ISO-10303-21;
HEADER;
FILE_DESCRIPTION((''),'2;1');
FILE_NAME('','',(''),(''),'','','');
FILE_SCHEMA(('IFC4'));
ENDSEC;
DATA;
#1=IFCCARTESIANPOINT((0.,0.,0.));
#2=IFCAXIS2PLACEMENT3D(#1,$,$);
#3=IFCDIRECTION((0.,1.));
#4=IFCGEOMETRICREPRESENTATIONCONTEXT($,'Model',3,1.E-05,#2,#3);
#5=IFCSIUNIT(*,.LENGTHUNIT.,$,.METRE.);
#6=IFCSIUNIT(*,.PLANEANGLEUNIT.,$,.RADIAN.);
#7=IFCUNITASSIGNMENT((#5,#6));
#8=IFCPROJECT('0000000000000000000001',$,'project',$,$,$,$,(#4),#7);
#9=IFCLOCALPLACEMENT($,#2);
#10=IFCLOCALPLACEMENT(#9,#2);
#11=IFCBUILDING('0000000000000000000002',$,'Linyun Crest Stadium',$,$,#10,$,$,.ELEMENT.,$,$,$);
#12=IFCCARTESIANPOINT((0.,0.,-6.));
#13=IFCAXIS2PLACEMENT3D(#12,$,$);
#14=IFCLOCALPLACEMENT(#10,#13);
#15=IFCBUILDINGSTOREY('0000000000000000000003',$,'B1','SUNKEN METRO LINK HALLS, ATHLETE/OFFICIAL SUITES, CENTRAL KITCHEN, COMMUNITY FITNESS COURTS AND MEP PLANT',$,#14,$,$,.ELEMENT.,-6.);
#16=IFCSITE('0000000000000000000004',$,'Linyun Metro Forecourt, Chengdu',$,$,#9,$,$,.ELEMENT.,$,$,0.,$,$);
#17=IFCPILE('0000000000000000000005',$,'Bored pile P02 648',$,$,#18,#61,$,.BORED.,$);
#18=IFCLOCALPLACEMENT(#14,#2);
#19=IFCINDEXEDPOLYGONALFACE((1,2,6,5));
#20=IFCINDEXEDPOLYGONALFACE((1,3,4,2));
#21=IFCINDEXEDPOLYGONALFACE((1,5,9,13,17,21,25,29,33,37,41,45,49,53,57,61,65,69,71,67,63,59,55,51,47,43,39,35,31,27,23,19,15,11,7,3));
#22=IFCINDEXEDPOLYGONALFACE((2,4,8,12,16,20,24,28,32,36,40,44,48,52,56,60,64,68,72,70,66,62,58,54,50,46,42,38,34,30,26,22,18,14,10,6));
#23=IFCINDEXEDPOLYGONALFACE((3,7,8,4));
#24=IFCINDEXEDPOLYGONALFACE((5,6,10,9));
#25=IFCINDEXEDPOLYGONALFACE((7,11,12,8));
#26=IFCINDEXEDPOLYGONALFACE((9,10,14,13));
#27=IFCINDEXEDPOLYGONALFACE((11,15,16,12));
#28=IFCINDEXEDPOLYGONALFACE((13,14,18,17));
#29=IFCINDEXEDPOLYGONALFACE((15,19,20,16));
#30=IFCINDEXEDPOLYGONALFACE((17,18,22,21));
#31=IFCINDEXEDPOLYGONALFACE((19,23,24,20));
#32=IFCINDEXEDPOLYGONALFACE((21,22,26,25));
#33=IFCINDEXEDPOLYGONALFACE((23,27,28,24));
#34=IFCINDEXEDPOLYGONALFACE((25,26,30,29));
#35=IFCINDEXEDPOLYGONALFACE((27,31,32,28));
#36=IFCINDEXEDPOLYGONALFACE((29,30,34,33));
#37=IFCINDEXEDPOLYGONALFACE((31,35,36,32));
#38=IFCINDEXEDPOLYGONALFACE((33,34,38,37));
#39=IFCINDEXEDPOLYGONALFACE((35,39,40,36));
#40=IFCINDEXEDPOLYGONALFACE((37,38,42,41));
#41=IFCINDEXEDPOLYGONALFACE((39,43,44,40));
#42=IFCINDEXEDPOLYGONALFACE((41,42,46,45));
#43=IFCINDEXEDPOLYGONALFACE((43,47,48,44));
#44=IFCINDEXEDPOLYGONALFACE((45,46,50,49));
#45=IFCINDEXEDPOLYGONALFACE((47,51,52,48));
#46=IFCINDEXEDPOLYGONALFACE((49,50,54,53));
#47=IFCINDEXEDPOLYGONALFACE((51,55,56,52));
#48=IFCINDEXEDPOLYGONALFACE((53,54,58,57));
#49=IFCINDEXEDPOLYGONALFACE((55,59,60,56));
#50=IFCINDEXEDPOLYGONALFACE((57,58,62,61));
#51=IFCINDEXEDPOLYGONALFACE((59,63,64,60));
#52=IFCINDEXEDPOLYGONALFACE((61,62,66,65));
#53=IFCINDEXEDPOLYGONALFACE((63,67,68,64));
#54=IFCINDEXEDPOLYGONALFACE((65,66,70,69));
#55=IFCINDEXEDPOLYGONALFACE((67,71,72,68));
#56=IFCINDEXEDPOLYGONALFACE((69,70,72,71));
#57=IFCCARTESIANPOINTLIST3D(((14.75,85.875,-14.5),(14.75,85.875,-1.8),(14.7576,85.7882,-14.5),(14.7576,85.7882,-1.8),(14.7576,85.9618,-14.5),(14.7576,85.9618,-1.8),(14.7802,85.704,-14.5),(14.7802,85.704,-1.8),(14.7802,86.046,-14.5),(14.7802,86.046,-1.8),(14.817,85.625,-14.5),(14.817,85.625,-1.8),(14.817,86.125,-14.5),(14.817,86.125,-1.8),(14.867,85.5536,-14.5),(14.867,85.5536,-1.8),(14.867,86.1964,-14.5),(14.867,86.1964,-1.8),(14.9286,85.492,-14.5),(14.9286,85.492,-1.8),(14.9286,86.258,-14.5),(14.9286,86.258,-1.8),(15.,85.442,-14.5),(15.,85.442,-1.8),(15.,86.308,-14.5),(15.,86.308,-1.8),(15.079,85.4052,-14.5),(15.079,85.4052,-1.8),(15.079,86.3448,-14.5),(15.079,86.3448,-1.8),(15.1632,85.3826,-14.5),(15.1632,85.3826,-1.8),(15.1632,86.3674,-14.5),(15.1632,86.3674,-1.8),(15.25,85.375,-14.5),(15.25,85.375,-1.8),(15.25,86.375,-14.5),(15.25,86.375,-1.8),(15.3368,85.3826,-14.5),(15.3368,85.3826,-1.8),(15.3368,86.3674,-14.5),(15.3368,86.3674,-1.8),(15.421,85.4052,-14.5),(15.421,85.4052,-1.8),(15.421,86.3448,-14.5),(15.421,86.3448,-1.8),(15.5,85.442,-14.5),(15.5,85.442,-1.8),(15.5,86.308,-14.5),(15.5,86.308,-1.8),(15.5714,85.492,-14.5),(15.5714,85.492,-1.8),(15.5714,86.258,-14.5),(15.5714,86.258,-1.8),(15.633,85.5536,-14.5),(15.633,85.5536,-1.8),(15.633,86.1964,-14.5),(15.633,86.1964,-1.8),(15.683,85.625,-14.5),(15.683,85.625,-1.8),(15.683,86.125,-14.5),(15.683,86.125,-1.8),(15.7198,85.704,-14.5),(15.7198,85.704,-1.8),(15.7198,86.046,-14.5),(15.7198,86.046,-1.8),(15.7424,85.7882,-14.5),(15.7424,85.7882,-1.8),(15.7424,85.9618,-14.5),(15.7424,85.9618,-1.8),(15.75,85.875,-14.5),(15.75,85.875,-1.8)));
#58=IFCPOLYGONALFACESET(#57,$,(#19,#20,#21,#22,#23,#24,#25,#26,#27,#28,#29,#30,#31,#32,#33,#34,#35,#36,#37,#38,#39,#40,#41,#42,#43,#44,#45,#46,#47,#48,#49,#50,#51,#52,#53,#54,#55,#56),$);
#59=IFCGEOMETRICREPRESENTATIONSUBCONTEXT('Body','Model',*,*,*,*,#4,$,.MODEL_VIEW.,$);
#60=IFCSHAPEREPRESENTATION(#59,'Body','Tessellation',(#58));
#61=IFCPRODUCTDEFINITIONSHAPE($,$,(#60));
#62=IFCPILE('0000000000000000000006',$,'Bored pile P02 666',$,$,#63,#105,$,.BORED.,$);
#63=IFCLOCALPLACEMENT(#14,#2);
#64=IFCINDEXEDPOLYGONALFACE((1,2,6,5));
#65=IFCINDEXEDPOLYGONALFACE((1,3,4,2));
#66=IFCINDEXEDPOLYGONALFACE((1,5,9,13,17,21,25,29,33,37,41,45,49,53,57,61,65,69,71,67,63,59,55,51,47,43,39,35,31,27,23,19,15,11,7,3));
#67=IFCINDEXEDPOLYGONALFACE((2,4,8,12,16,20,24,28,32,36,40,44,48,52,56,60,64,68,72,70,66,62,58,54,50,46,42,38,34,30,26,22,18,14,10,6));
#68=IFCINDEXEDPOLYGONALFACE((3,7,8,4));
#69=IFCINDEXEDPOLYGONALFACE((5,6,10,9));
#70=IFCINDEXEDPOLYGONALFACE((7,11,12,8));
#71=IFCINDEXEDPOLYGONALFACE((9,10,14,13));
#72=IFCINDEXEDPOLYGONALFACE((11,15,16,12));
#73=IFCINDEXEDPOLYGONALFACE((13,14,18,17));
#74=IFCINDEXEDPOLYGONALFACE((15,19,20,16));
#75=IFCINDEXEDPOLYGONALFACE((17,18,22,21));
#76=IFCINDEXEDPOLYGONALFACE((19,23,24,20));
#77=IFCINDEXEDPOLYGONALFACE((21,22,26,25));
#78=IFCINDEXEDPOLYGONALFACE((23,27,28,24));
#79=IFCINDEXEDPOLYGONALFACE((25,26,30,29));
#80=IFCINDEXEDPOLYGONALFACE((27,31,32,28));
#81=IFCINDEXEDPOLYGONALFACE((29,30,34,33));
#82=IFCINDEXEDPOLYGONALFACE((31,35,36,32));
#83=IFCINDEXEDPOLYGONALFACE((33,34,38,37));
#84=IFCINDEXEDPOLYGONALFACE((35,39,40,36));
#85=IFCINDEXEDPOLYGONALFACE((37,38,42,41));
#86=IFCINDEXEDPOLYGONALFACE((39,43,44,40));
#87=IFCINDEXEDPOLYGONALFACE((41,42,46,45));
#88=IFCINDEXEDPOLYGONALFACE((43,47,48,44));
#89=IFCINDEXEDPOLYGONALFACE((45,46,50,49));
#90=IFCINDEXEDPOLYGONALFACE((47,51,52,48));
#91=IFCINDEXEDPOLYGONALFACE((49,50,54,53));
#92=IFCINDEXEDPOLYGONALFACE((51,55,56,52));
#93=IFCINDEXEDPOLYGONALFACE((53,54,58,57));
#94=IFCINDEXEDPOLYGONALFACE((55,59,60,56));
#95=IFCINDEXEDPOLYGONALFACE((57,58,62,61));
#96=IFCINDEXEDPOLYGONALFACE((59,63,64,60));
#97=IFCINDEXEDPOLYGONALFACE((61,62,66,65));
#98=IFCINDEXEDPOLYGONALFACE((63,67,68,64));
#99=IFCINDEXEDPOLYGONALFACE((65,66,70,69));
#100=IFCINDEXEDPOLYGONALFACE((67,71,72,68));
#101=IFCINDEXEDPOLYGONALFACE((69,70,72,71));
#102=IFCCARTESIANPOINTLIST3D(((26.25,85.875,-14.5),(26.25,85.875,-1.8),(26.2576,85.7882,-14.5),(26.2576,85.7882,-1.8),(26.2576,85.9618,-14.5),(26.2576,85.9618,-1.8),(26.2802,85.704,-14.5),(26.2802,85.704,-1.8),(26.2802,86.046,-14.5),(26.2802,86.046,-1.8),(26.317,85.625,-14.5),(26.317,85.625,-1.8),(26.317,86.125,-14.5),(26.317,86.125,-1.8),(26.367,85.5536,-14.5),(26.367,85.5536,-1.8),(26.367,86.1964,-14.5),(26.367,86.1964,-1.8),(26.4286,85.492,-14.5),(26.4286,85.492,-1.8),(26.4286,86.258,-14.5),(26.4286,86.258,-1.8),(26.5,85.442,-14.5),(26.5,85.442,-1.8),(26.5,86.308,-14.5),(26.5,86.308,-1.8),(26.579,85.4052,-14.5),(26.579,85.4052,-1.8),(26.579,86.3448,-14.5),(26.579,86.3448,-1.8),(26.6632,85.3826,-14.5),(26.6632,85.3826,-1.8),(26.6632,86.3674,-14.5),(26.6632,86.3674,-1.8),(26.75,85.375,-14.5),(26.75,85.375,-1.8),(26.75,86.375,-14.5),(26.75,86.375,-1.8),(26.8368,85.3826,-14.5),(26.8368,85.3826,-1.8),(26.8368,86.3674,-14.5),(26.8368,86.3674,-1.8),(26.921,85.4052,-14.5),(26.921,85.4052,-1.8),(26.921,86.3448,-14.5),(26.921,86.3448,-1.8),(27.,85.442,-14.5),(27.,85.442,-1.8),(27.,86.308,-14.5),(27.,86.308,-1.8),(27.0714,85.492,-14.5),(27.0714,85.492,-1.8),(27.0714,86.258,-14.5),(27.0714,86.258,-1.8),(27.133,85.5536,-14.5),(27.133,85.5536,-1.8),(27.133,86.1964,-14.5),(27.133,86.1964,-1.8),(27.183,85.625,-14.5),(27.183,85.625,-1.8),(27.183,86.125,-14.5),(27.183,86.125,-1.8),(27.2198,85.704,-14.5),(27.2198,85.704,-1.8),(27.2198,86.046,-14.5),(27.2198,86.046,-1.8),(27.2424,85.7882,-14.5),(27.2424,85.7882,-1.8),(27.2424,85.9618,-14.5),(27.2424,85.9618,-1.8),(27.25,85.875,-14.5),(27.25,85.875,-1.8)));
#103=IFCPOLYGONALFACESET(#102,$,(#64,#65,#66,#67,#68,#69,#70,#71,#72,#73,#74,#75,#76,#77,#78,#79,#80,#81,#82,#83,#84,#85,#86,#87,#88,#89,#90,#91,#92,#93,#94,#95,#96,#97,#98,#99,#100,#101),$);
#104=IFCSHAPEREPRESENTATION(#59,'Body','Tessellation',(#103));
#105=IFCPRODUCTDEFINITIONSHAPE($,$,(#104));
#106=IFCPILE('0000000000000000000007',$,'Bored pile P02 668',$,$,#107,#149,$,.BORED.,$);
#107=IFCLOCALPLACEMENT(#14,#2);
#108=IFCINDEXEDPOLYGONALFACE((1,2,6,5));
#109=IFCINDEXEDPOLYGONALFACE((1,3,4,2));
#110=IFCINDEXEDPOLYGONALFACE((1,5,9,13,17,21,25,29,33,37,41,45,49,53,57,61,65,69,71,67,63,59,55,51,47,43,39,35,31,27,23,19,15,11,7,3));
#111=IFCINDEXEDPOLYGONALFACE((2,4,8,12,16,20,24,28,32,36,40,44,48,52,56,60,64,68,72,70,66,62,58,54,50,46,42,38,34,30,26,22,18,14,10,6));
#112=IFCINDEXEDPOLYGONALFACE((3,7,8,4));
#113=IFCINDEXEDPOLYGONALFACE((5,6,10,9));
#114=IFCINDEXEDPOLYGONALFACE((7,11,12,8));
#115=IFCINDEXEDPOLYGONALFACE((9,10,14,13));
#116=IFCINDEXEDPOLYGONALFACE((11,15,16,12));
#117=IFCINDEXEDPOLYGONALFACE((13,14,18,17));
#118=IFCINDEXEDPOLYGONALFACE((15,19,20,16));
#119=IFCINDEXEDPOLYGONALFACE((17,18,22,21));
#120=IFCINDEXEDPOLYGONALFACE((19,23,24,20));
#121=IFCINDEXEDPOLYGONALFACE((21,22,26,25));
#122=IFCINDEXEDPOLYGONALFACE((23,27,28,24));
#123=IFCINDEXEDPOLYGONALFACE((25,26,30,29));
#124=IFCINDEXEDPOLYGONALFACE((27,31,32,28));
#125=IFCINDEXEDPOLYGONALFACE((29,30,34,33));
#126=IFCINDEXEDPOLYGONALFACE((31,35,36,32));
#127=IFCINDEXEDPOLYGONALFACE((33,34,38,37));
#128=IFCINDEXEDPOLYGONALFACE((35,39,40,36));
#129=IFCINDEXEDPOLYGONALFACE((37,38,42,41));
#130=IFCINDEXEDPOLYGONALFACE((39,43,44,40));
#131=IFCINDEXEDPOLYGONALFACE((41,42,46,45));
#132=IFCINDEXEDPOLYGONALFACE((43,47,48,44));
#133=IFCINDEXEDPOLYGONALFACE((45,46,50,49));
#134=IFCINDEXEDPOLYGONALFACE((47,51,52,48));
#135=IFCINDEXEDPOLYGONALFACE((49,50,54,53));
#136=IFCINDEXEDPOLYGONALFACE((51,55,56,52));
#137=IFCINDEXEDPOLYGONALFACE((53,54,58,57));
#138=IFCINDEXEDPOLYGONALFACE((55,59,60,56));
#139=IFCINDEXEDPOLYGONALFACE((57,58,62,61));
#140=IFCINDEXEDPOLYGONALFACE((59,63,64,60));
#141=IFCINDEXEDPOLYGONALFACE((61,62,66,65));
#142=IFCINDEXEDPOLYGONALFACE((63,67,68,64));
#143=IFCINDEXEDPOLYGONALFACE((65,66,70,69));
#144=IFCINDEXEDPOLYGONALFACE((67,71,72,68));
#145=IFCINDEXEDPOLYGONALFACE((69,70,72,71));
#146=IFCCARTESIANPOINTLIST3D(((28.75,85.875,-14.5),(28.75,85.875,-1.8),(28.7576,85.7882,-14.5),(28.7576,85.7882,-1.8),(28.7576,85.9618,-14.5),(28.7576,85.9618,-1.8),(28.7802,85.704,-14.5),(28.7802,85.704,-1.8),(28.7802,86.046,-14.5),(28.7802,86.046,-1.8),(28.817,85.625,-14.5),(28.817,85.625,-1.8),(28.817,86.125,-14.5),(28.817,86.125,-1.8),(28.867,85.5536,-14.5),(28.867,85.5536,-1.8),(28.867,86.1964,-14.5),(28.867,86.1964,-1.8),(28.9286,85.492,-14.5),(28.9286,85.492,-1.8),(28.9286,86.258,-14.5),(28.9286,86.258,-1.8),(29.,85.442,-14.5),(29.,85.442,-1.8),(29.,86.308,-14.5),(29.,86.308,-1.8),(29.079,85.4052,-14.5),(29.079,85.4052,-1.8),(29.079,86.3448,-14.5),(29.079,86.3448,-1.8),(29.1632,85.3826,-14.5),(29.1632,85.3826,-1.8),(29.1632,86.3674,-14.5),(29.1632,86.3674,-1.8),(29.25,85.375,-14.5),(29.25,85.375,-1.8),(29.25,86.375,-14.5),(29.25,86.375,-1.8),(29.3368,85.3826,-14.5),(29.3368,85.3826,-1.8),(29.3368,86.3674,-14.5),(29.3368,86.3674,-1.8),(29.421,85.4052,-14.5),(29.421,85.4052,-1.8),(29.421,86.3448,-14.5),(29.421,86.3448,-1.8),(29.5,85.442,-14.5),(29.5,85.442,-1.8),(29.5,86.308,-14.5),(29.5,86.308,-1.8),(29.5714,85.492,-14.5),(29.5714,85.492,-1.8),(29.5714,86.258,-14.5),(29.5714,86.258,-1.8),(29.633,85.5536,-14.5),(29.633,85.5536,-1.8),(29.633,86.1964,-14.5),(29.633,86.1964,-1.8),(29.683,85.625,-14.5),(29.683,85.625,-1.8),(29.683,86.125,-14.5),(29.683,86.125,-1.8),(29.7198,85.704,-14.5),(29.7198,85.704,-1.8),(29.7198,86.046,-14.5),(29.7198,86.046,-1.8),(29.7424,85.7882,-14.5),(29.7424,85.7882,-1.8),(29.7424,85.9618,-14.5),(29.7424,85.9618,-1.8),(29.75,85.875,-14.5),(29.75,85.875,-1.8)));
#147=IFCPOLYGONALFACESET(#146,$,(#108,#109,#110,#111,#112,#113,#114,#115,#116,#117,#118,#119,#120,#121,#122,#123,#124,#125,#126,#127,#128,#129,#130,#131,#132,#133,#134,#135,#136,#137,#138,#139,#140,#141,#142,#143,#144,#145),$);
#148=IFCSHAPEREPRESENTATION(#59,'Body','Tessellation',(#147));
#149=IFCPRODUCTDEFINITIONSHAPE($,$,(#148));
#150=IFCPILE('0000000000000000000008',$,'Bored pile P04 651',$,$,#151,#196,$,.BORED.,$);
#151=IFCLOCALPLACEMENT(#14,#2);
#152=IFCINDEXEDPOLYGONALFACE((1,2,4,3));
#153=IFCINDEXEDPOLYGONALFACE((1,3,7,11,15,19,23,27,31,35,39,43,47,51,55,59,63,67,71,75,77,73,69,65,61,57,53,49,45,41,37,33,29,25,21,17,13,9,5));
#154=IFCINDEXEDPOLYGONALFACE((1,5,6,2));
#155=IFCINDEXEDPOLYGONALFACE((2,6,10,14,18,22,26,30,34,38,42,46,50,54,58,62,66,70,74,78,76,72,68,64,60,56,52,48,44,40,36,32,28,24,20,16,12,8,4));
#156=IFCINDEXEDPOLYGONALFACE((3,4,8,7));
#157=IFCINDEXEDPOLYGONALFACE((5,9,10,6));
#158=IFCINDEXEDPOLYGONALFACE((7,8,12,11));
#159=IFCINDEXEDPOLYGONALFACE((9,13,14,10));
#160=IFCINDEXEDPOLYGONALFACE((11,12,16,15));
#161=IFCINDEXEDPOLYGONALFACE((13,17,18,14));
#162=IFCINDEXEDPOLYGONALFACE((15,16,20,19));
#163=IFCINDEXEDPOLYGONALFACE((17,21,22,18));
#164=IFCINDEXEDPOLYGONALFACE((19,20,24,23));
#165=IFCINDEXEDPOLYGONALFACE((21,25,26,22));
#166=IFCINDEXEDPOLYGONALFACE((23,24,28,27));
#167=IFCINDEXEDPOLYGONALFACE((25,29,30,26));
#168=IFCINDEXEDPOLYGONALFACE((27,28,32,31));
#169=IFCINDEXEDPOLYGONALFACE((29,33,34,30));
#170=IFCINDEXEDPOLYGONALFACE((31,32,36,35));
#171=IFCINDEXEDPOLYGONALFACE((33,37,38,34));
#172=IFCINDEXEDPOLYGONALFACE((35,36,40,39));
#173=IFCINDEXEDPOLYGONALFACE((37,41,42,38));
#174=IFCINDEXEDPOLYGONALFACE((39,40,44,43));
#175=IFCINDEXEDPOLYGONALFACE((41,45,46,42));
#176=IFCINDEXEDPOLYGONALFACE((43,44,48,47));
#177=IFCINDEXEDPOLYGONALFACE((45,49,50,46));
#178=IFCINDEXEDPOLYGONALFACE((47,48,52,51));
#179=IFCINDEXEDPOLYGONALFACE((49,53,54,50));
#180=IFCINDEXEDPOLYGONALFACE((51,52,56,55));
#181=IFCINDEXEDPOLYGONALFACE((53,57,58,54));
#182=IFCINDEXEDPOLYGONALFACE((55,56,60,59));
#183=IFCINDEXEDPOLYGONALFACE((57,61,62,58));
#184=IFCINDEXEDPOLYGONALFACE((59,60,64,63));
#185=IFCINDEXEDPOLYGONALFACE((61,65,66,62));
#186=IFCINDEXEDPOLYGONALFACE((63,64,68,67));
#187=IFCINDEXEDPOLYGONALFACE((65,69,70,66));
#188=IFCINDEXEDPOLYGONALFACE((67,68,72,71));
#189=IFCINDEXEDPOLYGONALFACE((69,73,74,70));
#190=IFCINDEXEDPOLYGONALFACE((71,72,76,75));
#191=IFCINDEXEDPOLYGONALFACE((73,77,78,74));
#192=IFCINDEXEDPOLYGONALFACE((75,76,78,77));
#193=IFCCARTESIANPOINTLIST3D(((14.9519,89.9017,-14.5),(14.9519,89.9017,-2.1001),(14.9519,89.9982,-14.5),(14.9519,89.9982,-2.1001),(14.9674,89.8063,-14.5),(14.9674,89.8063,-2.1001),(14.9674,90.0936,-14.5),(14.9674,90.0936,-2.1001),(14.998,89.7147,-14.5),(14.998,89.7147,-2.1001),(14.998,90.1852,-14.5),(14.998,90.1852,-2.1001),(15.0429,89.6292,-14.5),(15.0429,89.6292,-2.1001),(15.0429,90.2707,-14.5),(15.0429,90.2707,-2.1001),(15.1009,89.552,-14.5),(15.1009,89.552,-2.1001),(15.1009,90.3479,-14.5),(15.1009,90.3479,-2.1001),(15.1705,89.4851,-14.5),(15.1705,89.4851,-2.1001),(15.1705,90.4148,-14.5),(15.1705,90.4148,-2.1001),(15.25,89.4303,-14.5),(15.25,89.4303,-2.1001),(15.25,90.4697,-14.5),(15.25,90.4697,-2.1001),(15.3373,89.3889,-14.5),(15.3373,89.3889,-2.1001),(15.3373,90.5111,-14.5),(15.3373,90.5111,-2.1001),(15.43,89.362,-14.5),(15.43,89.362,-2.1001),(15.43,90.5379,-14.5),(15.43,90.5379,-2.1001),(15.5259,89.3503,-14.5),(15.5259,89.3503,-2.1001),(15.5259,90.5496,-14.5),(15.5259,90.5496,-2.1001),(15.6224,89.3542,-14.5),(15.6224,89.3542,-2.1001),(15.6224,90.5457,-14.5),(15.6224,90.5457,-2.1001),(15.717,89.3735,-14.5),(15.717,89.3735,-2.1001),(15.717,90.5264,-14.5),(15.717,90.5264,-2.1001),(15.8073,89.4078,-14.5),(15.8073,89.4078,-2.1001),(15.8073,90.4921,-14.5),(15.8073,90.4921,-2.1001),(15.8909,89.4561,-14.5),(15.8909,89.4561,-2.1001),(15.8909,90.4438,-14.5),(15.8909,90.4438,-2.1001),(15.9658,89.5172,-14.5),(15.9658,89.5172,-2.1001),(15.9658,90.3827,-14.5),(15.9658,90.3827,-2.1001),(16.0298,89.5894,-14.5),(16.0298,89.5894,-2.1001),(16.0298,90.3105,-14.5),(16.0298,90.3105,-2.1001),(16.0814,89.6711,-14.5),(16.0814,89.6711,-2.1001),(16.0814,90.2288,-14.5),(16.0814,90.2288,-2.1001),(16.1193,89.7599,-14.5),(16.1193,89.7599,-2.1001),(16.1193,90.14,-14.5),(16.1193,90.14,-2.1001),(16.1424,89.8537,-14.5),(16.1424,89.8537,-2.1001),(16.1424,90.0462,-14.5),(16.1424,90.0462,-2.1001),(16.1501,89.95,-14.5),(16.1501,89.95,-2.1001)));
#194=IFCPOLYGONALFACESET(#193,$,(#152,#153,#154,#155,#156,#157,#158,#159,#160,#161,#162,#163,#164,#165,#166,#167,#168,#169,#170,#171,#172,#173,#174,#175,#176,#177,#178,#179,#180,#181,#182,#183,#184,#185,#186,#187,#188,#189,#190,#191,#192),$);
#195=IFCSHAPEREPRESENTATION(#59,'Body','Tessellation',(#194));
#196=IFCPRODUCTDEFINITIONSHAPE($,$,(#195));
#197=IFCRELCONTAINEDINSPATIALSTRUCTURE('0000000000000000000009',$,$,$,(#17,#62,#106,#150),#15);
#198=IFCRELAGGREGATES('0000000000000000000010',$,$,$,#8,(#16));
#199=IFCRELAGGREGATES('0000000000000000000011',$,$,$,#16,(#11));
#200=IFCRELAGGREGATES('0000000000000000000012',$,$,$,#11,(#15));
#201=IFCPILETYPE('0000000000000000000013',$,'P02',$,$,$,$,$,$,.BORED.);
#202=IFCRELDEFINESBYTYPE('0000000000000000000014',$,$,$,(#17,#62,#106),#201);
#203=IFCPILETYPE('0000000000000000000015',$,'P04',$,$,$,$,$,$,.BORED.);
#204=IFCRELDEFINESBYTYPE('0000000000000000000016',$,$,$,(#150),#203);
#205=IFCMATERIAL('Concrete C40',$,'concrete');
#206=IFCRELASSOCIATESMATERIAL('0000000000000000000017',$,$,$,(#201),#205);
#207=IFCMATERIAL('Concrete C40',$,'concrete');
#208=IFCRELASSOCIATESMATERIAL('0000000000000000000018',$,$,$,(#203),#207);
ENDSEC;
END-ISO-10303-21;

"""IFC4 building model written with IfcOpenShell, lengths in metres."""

from ifc_helpers import new_model, si_unit, direction, frame, origin, origin_2d, place, context, subcontext, project, spatial, circle, extrude, material, material_profile, profile_set, type_object, element, save


model = new_model("IFC4")

# Units and contexts
model_context = context("Model", 3, precision=1e-05, world=origin(), true_north=direction((0.0, 1.0)))
body_context = subcontext(model_context, "Body", "Model", "MODEL_VIEW")
ifc_project = project(units=[si_unit("LENGTHUNIT", "METRE"), si_unit("PLANEANGLEUNIT", "RADIAN")], contexts=[model_context])

# Site, building, storey
site_placement = place(None, origin())
site = spatial("IfcSite", under=ifc_project, at=site_placement, Name="Linyun Metro Forecourt, Chengdu", CompositionType="ELEMENT", RefElevation=0.0)
building_placement = place(site_placement, origin())
building = spatial("IfcBuilding", under=site, at=building_placement, Name="Linyun Crest Stadium", CompositionType="ELEMENT")
storey_placement = place(building_placement, frame((0.0, 0.0, -6.0)))
storey = spatial("IfcBuildingStorey", under=building, at=storey_placement, Name="B1", Description="SUNKEN METRO LINK HALLS, ATHLETE/OFFICIAL SUITES, CENTRAL KITCHEN, COMMUNITY FITNESS COURTS AND MEP PLANT", CompositionType="ELEMENT", Elevation=-6.0)

# Piles
ifc_material_1 = material(Name="Concrete C40", Category="concrete")
ifc_material_profile_1 = material_profile(ifc_material_1, circle(Radius=0.5, at=origin_2d()), Name="BORED PILE 1000")
ifc_profile_set_1 = profile_set([ifc_material_profile_1], Name="Concrete C40")
pile_type_1 = type_object("IfcPileType", Name="P02", PredefinedType="BORED", material=ifc_profile_set_1)
for number, where, z_axis, x_axis, name in (
    (1, (15.25, 85.875, -1.8), (0.0, 0.0, -1.0), (1.0, 0.0, 0.0), "Bored pile P02 648"),
    (2, (26.75, 85.875, -1.8), (0.0, 0.0, -1.0), (1.0, 0.0, 0.0), "Bored pile P02 666"),
    (3, (29.25, 85.875, -1.8), (0.0, 0.0, -1.0), (1.0, 0.0, 0.0), "Bored pile P02 668"),
):
    element("IfcPile", number, at=place(storey_placement, frame(where, z_axis=z_axis, x_axis=x_axis)), inside=storey, type_object=pile_type_1, Name=name, PredefinedType="BORED", context=body_context, shape_type="SweptSolid", body=[
        extrude(circle(Radius=0.5, at=origin_2d()), origin(), (0.0, 0.0, 1.0), 12.7),
    ])
ifc_material_2 = material(Name="Concrete C40", Category="concrete")
ifc_material_profile_2 = material_profile(ifc_material_2, circle(Radius=0.6001, at=origin_2d()), Name="BORED PILE 1200")
ifc_profile_set_2 = profile_set([ifc_material_profile_2], Name="Concrete C40")
pile_type_2 = type_object("IfcPileType", Name="P04", PredefinedType="BORED", material=ifc_profile_set_2)
for number, where, z_axis, x_axis, name in (
    (4, (15.55, 89.95, -2.1001), (0.0, 0.0, -1.0), (1.0, 0.0, 0.0), "Bored pile P04 651"),
):
    element("IfcPile", number, at=place(storey_placement, frame(where, z_axis=z_axis, x_axis=x_axis)), inside=storey, type_object=pile_type_2, Name=name, PredefinedType="BORED", context=body_context, shape_type="SweptSolid", body=[
        extrude(circle(Radius=0.6001, at=origin_2d()), origin(), (0.0, 0.0, 1.0), 12.3999),
    ])

save(model, "model.ifc")
